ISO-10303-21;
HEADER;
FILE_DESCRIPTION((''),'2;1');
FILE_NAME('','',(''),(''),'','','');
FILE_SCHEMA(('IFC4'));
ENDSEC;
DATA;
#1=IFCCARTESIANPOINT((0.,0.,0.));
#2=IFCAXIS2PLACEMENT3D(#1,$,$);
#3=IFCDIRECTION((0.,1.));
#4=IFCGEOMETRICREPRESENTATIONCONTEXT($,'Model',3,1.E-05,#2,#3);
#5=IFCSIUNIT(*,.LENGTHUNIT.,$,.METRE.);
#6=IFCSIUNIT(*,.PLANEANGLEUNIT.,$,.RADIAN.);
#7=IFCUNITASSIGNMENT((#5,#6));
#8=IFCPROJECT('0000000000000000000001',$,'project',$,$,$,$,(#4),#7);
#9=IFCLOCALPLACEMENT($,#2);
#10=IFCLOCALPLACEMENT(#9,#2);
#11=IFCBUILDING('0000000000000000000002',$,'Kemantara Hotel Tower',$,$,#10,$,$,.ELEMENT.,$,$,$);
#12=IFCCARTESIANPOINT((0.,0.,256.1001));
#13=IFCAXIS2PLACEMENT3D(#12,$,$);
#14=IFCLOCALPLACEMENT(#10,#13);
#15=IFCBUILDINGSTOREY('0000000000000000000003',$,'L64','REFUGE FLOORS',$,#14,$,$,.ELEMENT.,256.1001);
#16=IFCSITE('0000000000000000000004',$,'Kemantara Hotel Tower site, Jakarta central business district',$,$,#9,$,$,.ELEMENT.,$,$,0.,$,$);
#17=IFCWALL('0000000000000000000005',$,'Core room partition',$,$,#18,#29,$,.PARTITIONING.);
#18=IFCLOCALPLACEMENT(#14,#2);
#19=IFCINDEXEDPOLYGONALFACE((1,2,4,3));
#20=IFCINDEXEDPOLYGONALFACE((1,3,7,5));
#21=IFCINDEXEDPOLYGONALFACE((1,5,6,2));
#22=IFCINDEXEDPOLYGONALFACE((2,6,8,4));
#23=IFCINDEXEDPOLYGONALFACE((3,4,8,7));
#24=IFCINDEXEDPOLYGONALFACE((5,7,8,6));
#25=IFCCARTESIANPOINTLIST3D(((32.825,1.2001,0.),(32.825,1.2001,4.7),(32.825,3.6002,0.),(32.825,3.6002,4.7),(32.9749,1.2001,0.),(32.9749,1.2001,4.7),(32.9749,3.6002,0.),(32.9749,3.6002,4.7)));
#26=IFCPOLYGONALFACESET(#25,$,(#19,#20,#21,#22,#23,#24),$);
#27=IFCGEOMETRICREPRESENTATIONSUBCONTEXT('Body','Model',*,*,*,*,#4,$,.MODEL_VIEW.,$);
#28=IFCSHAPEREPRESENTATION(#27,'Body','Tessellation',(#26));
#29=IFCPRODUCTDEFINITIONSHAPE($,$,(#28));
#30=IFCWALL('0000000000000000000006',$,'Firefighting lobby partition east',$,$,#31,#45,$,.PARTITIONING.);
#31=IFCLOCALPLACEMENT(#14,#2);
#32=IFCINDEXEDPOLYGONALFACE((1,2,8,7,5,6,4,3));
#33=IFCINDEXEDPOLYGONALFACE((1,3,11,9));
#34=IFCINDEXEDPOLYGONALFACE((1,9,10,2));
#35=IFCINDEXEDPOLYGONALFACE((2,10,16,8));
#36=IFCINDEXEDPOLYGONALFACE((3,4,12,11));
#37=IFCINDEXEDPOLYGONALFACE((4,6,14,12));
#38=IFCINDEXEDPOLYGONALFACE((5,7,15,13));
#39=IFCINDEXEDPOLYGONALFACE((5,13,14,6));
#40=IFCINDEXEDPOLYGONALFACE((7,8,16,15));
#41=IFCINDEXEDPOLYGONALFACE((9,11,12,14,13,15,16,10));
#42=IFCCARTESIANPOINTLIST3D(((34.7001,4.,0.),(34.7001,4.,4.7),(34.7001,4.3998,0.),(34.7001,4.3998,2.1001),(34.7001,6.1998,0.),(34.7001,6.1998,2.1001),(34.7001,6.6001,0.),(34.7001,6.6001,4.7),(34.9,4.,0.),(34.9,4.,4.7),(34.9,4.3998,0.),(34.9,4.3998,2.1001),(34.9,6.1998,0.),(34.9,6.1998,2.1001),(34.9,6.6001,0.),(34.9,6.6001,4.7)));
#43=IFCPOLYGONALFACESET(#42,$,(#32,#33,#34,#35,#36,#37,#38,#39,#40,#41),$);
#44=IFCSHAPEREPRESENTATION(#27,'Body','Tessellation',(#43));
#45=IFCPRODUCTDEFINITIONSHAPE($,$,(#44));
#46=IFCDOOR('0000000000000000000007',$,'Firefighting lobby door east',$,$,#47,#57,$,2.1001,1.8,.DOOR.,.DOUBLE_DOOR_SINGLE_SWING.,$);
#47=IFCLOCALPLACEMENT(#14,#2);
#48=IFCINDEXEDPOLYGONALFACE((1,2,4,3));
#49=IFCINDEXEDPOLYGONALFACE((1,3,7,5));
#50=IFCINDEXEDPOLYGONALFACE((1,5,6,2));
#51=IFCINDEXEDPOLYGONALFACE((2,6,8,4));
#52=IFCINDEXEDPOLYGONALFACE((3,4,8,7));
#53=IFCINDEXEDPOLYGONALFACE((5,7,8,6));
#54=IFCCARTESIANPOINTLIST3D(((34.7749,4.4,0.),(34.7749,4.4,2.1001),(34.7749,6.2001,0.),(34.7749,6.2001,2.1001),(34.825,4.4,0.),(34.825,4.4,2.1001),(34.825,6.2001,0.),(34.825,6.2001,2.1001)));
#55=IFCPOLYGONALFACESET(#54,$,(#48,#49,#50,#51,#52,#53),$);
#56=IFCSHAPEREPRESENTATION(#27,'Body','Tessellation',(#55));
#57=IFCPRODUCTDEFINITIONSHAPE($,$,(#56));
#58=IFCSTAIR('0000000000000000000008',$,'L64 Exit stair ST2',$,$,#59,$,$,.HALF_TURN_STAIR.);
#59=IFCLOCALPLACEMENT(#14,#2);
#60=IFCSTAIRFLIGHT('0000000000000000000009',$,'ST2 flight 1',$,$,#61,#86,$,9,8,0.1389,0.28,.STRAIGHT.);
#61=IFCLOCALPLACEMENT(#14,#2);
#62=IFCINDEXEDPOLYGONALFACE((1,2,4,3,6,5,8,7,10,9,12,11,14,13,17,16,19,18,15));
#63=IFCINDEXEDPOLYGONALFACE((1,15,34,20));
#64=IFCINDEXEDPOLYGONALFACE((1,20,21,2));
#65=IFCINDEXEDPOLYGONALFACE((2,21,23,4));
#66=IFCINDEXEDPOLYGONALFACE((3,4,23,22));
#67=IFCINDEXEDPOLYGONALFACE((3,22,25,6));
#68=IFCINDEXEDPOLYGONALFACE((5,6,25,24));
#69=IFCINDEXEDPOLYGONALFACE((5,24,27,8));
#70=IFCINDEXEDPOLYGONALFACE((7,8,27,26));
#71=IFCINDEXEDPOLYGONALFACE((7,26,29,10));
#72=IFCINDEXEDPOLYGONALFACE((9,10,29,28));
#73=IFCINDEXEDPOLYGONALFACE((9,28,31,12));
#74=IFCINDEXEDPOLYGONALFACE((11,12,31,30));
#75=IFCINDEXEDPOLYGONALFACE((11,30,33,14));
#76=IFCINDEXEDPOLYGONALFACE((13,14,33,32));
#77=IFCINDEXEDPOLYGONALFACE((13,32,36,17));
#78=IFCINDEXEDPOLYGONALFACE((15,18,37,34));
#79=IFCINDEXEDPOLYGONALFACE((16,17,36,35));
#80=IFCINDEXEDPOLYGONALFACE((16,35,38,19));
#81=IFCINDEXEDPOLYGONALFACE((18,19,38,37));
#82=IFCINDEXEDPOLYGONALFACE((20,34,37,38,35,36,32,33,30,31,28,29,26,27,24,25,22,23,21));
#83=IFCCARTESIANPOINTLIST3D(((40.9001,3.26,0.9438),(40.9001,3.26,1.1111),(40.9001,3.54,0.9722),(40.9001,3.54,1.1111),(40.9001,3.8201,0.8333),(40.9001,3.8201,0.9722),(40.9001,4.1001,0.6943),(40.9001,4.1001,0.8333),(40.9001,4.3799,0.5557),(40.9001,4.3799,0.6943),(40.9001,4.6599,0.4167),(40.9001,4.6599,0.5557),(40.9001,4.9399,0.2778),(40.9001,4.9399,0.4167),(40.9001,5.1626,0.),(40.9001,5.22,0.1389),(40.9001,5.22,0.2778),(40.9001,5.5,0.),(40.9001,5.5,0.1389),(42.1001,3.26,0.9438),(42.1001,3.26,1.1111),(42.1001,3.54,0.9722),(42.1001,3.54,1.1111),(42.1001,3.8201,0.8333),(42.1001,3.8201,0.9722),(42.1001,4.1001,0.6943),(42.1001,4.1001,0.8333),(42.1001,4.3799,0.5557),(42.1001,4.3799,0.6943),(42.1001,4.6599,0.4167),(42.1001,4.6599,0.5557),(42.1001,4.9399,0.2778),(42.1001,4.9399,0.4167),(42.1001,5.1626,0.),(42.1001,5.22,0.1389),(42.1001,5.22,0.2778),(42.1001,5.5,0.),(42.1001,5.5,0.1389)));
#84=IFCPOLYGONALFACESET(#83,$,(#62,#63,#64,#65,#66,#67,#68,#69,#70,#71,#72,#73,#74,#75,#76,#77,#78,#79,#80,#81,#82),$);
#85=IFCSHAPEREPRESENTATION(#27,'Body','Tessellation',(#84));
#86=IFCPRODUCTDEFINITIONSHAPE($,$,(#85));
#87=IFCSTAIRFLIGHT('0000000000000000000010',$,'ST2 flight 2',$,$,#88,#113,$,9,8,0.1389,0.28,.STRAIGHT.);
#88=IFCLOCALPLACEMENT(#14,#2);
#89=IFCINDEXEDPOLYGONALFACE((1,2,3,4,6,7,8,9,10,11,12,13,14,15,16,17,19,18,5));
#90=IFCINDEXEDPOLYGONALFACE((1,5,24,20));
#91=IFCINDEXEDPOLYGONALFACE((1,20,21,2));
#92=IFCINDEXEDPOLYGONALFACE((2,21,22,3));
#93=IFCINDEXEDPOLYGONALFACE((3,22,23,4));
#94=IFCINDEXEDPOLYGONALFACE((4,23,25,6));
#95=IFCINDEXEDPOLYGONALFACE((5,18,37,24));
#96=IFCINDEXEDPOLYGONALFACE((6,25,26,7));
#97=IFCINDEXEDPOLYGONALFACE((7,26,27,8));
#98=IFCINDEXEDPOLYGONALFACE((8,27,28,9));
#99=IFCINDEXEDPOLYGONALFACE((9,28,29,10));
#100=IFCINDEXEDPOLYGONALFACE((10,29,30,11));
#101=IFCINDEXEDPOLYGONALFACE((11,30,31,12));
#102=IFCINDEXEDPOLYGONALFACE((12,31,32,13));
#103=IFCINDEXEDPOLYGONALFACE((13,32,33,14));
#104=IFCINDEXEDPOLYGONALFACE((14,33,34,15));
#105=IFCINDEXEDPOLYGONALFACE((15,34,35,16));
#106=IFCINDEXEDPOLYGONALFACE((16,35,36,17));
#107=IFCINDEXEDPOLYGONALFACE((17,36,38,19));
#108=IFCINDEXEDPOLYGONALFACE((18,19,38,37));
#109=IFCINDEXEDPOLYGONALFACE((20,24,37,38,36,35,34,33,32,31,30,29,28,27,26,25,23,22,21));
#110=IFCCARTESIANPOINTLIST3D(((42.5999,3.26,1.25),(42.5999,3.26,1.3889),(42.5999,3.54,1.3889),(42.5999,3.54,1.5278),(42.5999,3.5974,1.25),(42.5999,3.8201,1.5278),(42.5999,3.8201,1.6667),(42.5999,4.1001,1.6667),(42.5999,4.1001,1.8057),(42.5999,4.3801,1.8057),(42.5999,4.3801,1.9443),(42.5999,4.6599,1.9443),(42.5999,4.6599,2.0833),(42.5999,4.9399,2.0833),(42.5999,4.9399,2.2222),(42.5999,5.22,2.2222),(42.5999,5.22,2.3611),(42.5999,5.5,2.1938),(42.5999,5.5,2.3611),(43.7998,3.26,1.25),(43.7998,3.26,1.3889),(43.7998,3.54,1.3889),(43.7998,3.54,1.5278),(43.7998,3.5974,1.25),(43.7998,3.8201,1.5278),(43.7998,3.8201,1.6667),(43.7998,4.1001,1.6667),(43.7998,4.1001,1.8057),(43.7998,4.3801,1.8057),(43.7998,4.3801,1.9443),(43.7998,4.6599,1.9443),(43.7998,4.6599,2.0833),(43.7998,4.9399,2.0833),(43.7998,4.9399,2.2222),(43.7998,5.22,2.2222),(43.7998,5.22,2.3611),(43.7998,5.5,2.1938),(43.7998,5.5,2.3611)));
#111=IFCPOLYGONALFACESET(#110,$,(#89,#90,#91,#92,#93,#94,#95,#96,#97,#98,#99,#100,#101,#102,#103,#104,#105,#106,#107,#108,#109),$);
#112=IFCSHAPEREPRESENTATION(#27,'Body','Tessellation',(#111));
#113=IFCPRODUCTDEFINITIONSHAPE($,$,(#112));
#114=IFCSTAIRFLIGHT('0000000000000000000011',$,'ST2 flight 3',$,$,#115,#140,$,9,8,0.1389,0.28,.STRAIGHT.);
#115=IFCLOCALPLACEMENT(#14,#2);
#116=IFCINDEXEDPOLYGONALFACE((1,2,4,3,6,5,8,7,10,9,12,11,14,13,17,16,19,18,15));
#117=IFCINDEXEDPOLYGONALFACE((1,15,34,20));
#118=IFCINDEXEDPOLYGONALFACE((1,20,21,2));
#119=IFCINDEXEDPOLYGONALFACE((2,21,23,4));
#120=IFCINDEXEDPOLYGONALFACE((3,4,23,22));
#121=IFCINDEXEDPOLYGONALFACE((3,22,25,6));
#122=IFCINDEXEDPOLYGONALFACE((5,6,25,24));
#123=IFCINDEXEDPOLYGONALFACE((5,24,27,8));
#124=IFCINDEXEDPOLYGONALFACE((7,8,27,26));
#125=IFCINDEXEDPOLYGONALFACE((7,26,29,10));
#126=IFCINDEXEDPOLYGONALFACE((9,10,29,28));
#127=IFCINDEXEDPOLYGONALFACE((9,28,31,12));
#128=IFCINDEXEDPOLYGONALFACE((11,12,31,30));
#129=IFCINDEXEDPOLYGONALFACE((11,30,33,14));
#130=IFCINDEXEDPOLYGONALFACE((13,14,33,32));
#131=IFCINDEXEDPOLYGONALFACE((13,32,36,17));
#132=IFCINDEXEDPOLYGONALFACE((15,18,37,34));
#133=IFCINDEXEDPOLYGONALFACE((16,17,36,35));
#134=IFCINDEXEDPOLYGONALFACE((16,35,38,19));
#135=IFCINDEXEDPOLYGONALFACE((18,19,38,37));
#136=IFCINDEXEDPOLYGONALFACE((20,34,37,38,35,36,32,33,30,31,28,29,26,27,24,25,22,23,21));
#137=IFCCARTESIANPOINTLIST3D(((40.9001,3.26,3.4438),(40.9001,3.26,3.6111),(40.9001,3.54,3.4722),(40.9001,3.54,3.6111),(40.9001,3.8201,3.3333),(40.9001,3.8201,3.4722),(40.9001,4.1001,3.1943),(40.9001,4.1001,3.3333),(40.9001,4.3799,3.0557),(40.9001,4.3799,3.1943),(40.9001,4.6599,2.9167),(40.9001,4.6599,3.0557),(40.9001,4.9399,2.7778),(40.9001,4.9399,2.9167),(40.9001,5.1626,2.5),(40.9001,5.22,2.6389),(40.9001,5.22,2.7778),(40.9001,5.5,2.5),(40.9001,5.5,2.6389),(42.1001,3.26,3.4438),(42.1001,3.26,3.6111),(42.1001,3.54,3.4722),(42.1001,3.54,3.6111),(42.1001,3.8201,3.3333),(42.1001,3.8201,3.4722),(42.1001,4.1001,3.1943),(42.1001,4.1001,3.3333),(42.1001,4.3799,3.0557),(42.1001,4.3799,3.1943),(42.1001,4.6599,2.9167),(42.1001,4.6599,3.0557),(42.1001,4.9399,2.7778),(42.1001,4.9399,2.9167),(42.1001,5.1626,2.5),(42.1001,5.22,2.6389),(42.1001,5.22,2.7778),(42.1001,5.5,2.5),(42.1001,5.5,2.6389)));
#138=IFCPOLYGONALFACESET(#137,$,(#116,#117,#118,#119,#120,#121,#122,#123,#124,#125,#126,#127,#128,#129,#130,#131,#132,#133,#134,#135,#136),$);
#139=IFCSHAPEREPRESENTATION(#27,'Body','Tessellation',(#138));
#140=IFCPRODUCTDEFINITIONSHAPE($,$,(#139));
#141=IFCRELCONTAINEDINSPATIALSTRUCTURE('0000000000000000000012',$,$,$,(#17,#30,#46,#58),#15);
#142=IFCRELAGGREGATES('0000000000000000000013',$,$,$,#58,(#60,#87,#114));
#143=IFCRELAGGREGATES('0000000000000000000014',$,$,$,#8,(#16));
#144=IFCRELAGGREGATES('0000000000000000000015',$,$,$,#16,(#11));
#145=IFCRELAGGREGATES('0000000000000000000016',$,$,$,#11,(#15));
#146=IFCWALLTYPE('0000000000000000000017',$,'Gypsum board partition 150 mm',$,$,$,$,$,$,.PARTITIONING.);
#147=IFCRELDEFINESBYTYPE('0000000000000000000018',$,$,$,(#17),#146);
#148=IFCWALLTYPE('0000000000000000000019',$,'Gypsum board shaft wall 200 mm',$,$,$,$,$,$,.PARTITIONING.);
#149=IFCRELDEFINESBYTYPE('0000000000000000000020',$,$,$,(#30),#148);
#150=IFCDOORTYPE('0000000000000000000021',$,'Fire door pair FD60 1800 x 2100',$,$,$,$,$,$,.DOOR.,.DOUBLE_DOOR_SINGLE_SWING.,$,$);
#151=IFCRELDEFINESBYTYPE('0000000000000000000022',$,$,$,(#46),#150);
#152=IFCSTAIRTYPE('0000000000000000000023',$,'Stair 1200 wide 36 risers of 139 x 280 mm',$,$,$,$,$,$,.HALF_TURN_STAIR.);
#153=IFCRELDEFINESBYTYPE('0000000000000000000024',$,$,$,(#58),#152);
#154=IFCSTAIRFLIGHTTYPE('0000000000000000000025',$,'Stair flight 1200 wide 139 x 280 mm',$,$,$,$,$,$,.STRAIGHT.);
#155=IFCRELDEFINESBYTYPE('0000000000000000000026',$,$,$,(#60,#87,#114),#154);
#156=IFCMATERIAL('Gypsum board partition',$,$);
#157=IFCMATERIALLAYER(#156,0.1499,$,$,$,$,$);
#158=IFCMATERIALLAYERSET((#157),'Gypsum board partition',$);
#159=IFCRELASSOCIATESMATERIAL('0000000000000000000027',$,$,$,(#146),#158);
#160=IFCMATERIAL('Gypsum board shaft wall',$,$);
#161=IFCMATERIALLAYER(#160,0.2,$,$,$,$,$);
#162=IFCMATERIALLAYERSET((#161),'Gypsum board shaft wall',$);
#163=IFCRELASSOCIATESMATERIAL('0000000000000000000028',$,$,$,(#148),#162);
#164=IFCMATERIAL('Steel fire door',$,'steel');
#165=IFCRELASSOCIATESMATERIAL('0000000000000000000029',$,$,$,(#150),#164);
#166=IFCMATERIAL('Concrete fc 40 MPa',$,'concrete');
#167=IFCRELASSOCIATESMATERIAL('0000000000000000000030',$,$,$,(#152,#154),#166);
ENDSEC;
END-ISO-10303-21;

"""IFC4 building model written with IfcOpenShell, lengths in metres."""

from ifc_helpers import new_model, si_unit, direction, frame, frame_2d, origin, place, context, subcontext, project, spatial, polyline, rectangle, outline, extrude, material, layer, layer_set, type_object, element, fill, aggregate, save


model = new_model("IFC4")

# Units and contexts
model_context = context("Model", 3, precision=1e-05, world=origin(), true_north=direction((0.0, 1.0)))
body_context = subcontext(model_context, "Body", "Model", "MODEL_VIEW")
ifc_project = project(units=[si_unit("LENGTHUNIT", "METRE"), si_unit("PLANEANGLEUNIT", "RADIAN")], contexts=[model_context])

# Site, building, storey
site_placement = place(None, origin())
site = spatial("IfcSite", under=ifc_project, at=site_placement, Name="Kemantara Hotel Tower site, Jakarta central business district", CompositionType="ELEMENT", RefElevation=0.0)
building_placement = place(site_placement, origin())
building = spatial("IfcBuilding", under=site, at=building_placement, Name="Kemantara Hotel Tower", CompositionType="ELEMENT")
storey_placement = place(building_placement, frame((0.0, 0.0, 256.1001)))
storey = spatial("IfcBuildingStorey", under=building, at=storey_placement, Name="L64", Description="REFUGE FLOORS", CompositionType="ELEMENT", Elevation=256.1001)

# Shared definitions
ifc_material_1 = material(Name="Steel fire door", Category="steel")

# Wall
ifc_material_2 = material(Name="Gypsum board partition")
ifc_layer_1 = layer(ifc_material_2, 0.1499)
ifc_layer_set_1 = layer_set([ifc_layer_1], Name="Gypsum board partition")
wall_type_1 = type_object("IfcWallType", Name="Gypsum board partition 150 mm", PredefinedType="PARTITIONING", material=ifc_layer_set_1)
for number, where, z_axis, x_axis, name in (
    (1, (32.8999, 1.2, 0.0), (0.0, 0.0, 1.0), (0.0, 1.0, 0.0), "Core room partition"),
):
    element("IfcWall", number, at=place(storey_placement, frame(where, z_axis=z_axis, x_axis=x_axis)), inside=storey, type_object=wall_type_1, Name=name, PredefinedType="PARTITIONING", context=body_context, shape_type="SweptSolid", body=[
        extrude(rectangle(XDim=2.4001, YDim=0.1499, at=frame_2d((1.2002, 0.0))), origin(), (0.0, 0.0, 1.0), 4.7),
    ])

# Wall, opening, door
ifc_material_3 = material(Name="Gypsum board shaft wall")
ifc_layer_2 = layer(ifc_material_3, 0.2)
ifc_layer_set_2 = layer_set([ifc_layer_2], Name="Gypsum board shaft wall")
wall_type_2 = type_object("IfcWallType", Name="Gypsum board shaft wall 200 mm", PredefinedType="PARTITIONING", material=ifc_layer_set_2)
wall_1_placement = place(storey_placement, frame((34.8, 4.0, 0.0), z_axis=(0.0, 0.0, 1.0), x_axis=(0.0, 1.0, 0.0)))
wall_1 = element("IfcWall", 2, at=wall_1_placement, inside=storey, type_object=wall_type_2, Name="Firefighting lobby partition east", PredefinedType="PARTITIONING", context=body_context, shape_type="SweptSolid", body=[
    extrude(rectangle(XDim=2.6001, YDim=0.2, at=frame_2d((1.3, 0.0))), origin(), (0.0, 0.0, 1.0), 4.7),
])
opening_1_placement = place(wall_1_placement, frame((0.3999, 0.0, 0.0)))
opening_1 = element("IfcOpeningElement", 3, at=opening_1_placement, cuts=wall_1, PredefinedType="OPENING", context=body_context, shape_type="SweptSolid", body=[
    extrude(rectangle(XDim=1.8, YDim=2.1001, at=frame_2d((0.8999, 1.05))), frame((0.0, 0.1099, 0.0), z_axis=(0.0, -1.0, 0.0), x_axis=(1.0, 0.0, 0.0)), (0.0, 0.0, 1.0), 0.22),
])
door_type_1 = type_object("IfcDoorType", Name="Fire door pair FD60 1800 x 2100", OperationType="DOUBLE_DOOR_SINGLE_SWING", PredefinedType="DOOR", material=ifc_material_1)
door_1_placement = place(opening_1_placement, frame((1.8, 0.0, 0.0), z_axis=(0.0, 0.0, 1.0), x_axis=(-1.0, 0.0, 0.0)))
door_1 = element("IfcDoor", 4, at=door_1_placement, inside=storey, type_object=door_type_1, Name="Firefighting lobby door east", OperationType="DOUBLE_DOOR_SINGLE_SWING", OverallHeight=2.1001, OverallWidth=1.8, PredefinedType="DOOR", context=body_context, shape_type="SweptSolid", body=[
    extrude(rectangle(XDim=1.8, YDim=2.1001, at=frame_2d((0.8999, 1.05))), frame((0.0, 0.0249, 0.0), z_axis=(0.0, -1.0, 0.0), x_axis=(1.0, 0.0, 0.0)), (0.0, 0.0, 1.0), 0.05),
])
fill(opening_1, door_1)

# Stair, stair flights
ifc_material_4 = material(Name="Concrete fc 40 MPa", Category="concrete")
stair_type = type_object("IfcStairType", Name="Stair 1200 wide 36 risers of 139 x 280 mm", PredefinedType="HALF_TURN_STAIR", material=ifc_material_4)
stair_placement = place(storey_placement, origin())
stair = element("IfcStair", 5, at=stair_placement, inside=storey, type_object=stair_type, Name="L64 Exit stair ST2", PredefinedType="HALF_TURN_STAIR")
stair_flight_type = type_object("IfcStairFlightType", Name="Stair flight 1200 wide 139 x 280 mm", PredefinedType="STRAIGHT", material=ifc_material_4)
stair_flight_1_placement = place(storey_placement, frame((41.5, 5.5, 0.0), z_axis=(0.0, 0.0, 1.0), x_axis=(0.0, -1.0, 0.0)))
stair_flight_1 = element("IfcStairFlight", 6, at=stair_flight_1_placement, type_object=stair_flight_type, Name="ST2 flight 1", NumberOfRisers=9, NumberOfTreads=8, PredefinedType="STRAIGHT", RiserHeight=0.1389, TreadLength=0.28, context=body_context, shape_type="SweptSolid", body=[
    extrude(outline(polyline([(0.0, 0.0), (0.0, 0.1389), (0.28, 0.1389), (0.28, 0.2778), (0.5601, 0.2778), (0.5601, 0.4167), (0.8401, 0.4167), (0.8401, 0.5557), (1.1201, 0.5557), (1.1201, 0.6943), (1.3999, 0.6943), (1.3999, 0.8333), (1.6799, 0.8333), (1.6799, 0.9722), (1.96, 0.9722), (1.96, 1.1111), (2.24, 1.1111), (2.24, 1.25), (2.24, 0.9438), (0.3374, 0.0), (0.0, 0.0)])), frame((0.0, 0.6001, 0.0), z_axis=(0.0, -1.0, 0.0), x_axis=(1.0, 0.0, 0.0)), (0.0, 0.0, 1.0), 1.2),
])
stair_flight_2_placement = place(storey_placement, frame((43.2, 3.26, 1.25), z_axis=(0.0, 0.0, 1.0), x_axis=(0.0, 1.0, 0.0)))
stair_flight_2 = element("IfcStairFlight", 7, at=stair_flight_2_placement, type_object=stair_flight_type, Name="ST2 flight 2", NumberOfRisers=9, NumberOfTreads=8, PredefinedType="STRAIGHT", RiserHeight=0.1389, TreadLength=0.28, context=body_context, shape_type="SweptSolid", body=[
    extrude(outline(polyline([(0.0, 0.0), (0.0, 0.1389), (0.28, 0.1389), (0.28, 0.2778), (0.5601, 0.2778), (0.5601, 0.4167), (0.8401, 0.4167), (0.8401, 0.5557), (1.1201, 0.5557), (1.1201, 0.6943), (1.3999, 0.6943), (1.3999, 0.8333), (1.6799, 0.8333), (1.6799, 0.9722), (1.96, 0.9722), (1.96, 1.1111), (2.24, 1.1111), (2.24, 1.25), (2.24, 0.9438), (0.3374, 0.0), (0.0, 0.0)])), frame((0.0, 0.6001, 0.0), z_axis=(0.0, -1.0, 0.0), x_axis=(1.0, 0.0, 0.0)), (0.0, 0.0, 1.0), 1.2),
])
stair_flight_3_placement = place(storey_placement, frame((41.5, 5.5, 2.5), z_axis=(0.0, 0.0, 1.0), x_axis=(0.0, -1.0, 0.0)))
stair_flight_3 = element("IfcStairFlight", 8, at=stair_flight_3_placement, type_object=stair_flight_type, Name="ST2 flight 3", NumberOfRisers=9, NumberOfTreads=8, PredefinedType="STRAIGHT", RiserHeight=0.1389, TreadLength=0.28, context=body_context, shape_type="SweptSolid", body=[
    extrude(outline(polyline([(0.0, 0.0), (0.0, 0.1389), (0.28, 0.1389), (0.28, 0.2778), (0.5601, 0.2778), (0.5601, 0.4167), (0.8401, 0.4167), (0.8401, 0.5557), (1.1201, 0.5557), (1.1201, 0.6943), (1.3999, 0.6943), (1.3999, 0.8333), (1.6799, 0.8333), (1.6799, 0.9722), (1.96, 0.9722), (1.96, 1.1111), (2.24, 1.1111), (2.24, 1.25), (2.24, 0.9438), (0.3374, 0.0), (0.0, 0.0)])), frame((0.0, 0.6001, 0.0), z_axis=(0.0, -1.0, 0.0), x_axis=(1.0, 0.0, 0.0)), (0.0, 0.0, 1.0), 1.2),
])
aggregate(stair, [stair_flight_1, stair_flight_2, stair_flight_3])

save(model, "model.ifc")
